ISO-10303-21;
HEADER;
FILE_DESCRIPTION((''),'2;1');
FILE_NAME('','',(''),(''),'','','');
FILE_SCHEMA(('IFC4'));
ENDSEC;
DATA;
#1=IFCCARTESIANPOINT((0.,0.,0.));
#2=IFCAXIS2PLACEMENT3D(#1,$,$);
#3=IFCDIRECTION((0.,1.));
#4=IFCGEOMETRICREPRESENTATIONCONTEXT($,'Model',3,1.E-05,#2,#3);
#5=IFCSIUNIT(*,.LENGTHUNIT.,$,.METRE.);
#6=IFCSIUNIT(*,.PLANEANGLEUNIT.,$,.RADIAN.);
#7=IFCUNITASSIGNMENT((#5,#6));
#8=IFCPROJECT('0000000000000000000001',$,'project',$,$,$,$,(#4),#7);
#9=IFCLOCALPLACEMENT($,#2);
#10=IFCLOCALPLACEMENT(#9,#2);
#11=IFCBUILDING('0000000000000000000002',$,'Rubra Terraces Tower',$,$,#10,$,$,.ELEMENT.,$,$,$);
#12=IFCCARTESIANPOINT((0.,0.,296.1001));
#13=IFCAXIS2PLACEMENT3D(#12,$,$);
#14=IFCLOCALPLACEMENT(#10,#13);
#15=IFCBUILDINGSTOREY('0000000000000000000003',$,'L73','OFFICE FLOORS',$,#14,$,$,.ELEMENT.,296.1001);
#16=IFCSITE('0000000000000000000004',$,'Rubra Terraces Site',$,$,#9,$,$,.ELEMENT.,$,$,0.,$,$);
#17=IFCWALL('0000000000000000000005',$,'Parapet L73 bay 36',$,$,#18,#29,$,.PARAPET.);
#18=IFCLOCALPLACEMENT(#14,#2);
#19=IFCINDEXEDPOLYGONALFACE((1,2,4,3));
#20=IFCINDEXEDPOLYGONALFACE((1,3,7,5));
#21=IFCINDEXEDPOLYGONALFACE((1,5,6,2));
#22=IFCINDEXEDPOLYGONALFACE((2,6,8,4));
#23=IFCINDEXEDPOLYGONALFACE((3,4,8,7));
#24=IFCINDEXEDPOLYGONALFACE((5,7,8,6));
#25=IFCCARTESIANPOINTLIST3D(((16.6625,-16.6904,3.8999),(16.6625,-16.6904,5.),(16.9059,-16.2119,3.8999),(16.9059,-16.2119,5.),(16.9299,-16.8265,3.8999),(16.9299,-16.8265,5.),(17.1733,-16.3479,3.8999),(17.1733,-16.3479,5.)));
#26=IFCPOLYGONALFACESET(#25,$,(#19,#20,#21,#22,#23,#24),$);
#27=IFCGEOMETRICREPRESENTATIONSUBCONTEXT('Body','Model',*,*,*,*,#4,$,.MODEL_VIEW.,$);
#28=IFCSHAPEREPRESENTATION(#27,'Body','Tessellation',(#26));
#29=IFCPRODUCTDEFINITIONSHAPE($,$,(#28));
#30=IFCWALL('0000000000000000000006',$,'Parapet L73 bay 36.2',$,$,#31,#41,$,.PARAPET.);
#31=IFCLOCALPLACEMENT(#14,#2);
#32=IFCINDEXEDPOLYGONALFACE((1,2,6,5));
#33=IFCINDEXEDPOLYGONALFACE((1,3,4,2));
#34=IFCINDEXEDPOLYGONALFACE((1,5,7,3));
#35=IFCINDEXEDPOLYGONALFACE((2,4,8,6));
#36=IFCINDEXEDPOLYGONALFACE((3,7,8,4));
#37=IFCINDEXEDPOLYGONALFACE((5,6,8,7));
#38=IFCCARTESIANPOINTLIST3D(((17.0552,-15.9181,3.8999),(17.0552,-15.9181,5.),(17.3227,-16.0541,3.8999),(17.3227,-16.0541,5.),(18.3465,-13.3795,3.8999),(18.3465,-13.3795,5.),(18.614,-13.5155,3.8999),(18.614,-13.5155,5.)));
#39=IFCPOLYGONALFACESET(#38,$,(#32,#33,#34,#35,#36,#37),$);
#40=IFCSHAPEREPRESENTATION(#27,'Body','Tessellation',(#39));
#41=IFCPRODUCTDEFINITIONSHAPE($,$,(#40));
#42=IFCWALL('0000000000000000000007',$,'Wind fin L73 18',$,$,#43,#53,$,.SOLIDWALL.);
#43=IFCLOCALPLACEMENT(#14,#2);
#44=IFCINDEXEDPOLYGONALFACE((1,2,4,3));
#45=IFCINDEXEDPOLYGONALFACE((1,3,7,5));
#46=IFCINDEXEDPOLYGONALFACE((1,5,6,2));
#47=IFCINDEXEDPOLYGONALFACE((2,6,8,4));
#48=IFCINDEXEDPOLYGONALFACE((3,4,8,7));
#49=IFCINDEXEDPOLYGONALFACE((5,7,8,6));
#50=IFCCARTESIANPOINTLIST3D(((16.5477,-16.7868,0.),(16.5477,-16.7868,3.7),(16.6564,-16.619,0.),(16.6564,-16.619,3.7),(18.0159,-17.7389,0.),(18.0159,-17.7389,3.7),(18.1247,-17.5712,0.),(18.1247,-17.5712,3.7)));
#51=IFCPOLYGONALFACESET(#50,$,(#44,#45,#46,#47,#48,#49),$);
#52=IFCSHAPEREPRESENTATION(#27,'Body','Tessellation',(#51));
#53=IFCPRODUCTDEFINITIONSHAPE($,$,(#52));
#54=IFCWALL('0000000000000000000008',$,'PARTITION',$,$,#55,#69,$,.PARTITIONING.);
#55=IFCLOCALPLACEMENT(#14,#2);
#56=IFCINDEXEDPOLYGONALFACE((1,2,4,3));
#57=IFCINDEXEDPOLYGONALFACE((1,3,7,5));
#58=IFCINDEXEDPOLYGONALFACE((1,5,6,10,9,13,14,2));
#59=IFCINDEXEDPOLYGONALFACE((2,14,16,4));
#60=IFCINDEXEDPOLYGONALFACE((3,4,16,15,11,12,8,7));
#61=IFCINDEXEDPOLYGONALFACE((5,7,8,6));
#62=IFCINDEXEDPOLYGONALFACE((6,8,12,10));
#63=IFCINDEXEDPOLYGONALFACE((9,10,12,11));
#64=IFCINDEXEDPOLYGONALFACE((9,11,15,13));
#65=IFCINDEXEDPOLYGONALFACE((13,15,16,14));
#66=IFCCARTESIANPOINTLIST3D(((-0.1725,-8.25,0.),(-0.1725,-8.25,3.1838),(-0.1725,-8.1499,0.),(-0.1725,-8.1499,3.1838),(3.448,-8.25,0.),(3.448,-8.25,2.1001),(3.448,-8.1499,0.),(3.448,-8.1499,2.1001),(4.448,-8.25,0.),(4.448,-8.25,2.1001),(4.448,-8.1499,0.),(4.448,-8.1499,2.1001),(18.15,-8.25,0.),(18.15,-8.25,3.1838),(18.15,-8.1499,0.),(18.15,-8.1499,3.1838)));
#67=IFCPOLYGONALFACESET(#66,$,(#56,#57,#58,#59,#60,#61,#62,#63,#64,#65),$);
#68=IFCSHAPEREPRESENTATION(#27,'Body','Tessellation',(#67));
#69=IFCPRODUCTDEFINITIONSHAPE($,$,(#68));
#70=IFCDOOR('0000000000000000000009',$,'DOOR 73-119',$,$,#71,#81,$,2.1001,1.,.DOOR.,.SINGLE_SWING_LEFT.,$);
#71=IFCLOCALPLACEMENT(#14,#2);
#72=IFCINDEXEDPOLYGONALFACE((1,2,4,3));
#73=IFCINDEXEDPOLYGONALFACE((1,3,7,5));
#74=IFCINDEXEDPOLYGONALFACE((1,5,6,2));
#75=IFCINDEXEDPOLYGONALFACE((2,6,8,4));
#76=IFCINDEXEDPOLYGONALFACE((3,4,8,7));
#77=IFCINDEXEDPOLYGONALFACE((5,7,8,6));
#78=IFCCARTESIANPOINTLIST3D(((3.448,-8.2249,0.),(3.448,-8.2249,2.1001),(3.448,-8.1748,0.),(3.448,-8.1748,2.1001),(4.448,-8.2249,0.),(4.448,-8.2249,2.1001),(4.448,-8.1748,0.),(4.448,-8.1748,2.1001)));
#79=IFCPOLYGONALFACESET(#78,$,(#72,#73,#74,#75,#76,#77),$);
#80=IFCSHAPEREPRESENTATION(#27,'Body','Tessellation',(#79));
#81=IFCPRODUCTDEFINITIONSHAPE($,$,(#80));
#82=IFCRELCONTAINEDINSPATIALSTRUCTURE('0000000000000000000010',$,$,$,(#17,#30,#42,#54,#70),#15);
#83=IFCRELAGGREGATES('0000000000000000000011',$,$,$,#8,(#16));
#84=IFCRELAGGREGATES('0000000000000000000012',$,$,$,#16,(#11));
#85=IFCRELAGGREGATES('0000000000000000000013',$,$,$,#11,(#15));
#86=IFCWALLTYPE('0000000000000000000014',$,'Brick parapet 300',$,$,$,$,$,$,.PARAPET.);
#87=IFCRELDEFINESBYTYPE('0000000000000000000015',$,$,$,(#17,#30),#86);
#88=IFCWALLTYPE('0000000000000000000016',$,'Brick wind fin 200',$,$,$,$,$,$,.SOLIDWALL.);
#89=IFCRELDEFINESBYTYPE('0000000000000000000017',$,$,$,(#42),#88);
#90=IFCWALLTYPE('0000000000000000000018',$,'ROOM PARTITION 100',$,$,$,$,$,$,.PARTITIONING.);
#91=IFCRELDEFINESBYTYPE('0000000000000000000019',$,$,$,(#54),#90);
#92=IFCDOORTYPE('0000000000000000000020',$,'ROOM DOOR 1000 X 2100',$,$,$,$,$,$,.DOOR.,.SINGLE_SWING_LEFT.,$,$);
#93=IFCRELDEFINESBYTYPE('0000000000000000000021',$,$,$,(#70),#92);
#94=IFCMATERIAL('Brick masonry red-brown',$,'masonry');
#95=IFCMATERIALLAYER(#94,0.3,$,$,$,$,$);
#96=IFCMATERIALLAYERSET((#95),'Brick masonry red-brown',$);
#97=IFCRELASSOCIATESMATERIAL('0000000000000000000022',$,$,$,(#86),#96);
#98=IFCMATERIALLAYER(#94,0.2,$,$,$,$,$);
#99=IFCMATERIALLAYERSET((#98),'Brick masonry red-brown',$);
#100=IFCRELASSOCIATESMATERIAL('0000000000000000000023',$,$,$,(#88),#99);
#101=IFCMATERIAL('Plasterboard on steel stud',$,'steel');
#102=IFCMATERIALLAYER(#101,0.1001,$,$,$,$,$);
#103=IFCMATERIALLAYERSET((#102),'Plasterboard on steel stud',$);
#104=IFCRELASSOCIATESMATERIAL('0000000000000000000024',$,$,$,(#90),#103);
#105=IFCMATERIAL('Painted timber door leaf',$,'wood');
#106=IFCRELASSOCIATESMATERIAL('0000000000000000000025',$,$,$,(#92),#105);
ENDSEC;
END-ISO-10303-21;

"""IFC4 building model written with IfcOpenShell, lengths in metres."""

from ifc_helpers import new_model, si_unit, direction, frame, frame_2d, origin, place, context, subcontext, project, spatial, rectangle, extrude, material, layer, layer_set, type_object, element, fill, save


model = new_model("IFC4")

# Units and contexts
model_context = context("Model", 3, precision=1e-05, world=origin(), true_north=direction((0.0, 1.0)))
body_context = subcontext(model_context, "Body", "Model", "MODEL_VIEW")
ifc_project = project(units=[si_unit("LENGTHUNIT", "METRE"), si_unit("PLANEANGLEUNIT", "RADIAN")], contexts=[model_context])

# Site, building, storey
site_placement = place(None, origin())
site = spatial("IfcSite", under=ifc_project, at=site_placement, Name="Rubra Terraces Site", CompositionType="ELEMENT", RefElevation=0.0)
building_placement = place(site_placement, origin())
building = spatial("IfcBuilding", under=site, at=building_placement, Name="Rubra Terraces Tower", CompositionType="ELEMENT")
storey_placement = place(building_placement, frame((0.0, 0.0, 296.1001)))
storey = spatial("IfcBuildingStorey", under=building, at=storey_placement, Name="L73", Description="OFFICE FLOORS", CompositionType="ELEMENT", Elevation=296.1001)

# Shared definitions
ifc_material_1 = material(Name="Brick masonry red-brown", Category="masonry")

# Walls
ifc_layer_1 = layer(ifc_material_1, 0.3)
ifc_layer_set_1 = layer_set([ifc_layer_1], Name="Brick masonry red-brown")
wall_type_1 = type_object("IfcWallType", Name="Brick parapet 300", PredefinedType="PARAPET", material=ifc_layer_set_1)
wall_1_placement = place(storey_placement, frame((16.7961, -16.7585, 3.8999), z_axis=(0.0, 0.0, 1.0), x_axis=(0.453388, 0.891313, 0.0)))
element("IfcWall", 1, at=wall_1_placement, inside=storey, type_object=wall_type_1, Name="Parapet L73 bay 36", PredefinedType="PARAPET", context=body_context, shape_type="SweptSolid", body=[
    extrude(rectangle(XDim=0.5369, YDim=0.3, at=frame_2d((0.2686, 0.0))), origin(), (0.0, 0.0, 1.0), 1.1001),
])
wall_2_placement = place(storey_placement, frame((17.189, -15.9861, 3.8999), z_axis=(0.0, 0.0, 1.0), x_axis=(0.453375, 0.89132, 0.0)))
element("IfcWall", 2, at=wall_2_placement, inside=storey, type_object=wall_type_1, Name="Parapet L73 bay 36.2", PredefinedType="PARAPET", context=body_context, shape_type="SweptSolid", body=[
    extrude(rectangle(XDim=2.8481, YDim=0.3, at=frame_2d((1.4241, 0.0))), origin(), (0.0, 0.0, 1.0), 1.1001),
])
ifc_layer_2 = layer(ifc_material_1, 0.2)
ifc_layer_set_2 = layer_set([ifc_layer_2], Name="Brick masonry red-brown")
wall_type_2 = type_object("IfcWallType", Name="Brick wind fin 200", PredefinedType="SOLIDWALL", material=ifc_layer_set_2)
wall_3_placement = place(storey_placement, frame((16.6021, -16.7029, 0.0), z_axis=(0.0, 0.0, 1.0), x_axis=(0.839023, -0.544096, 0.0)))
element("IfcWall", 3, at=wall_3_placement, inside=storey, type_object=wall_type_2, Name="Wind fin L73 18", PredefinedType="SOLIDWALL", context=body_context, shape_type="SweptSolid", body=[
    extrude(rectangle(XDim=1.75, YDim=0.2, at=frame_2d((0.875, 0.0))), origin(), (0.0, 0.0, 1.0), 3.7),
])

# Wall, opening, door
ifc_material_2 = material(Name="Plasterboard on steel stud", Category="steel")
ifc_layer_3 = layer(ifc_material_2, 0.1001)
ifc_layer_set_3 = layer_set([ifc_layer_3], Name="Plasterboard on steel stud")
wall_type_3 = type_object("IfcWallType", Name="ROOM PARTITION 100", PredefinedType="PARTITIONING", material=ifc_layer_set_3)
wall_4_placement = place(storey_placement, frame((18.1499, -8.2, 0.0), z_axis=(0.0, 0.0, 1.0), x_axis=(-1.0, 0.0, 0.0)))
wall_4 = element("IfcWall", 4, at=wall_4_placement, inside=storey, type_object=wall_type_3, Name="PARTITION", PredefinedType="PARTITIONING", context=body_context, shape_type="SweptSolid", body=[
    extrude(rectangle(XDim=18.3225, YDim=0.1001, at=frame_2d((9.1611, 0.0))), origin(), (0.0, 0.0, 1.0), 3.1838),
])
opening_1_placement = place(wall_4_placement, frame((13.7019, 0.0, 0.0)))
opening_1 = element("IfcOpeningElement", 5, at=opening_1_placement, cuts=wall_4, PredefinedType="OPENING", context=body_context, shape_type="SweptSolid", body=[
    extrude(rectangle(XDim=1.0, YDim=2.1001, at=frame_2d((0.5, 1.05))), frame((0.0, 0.0601, 0.0), z_axis=(0.0, -1.0, 0.0), x_axis=(1.0, 0.0, 0.0)), (0.0, 0.0, 1.0), 0.1201),
])
ifc_material_3 = material(Name="Painted timber door leaf", Category="wood")
door_type = type_object("IfcDoorType", Name="ROOM DOOR 1000 X 2100", OperationType="SINGLE_SWING_LEFT", PredefinedType="DOOR", material=ifc_material_3)
door_placement = place(opening_1_placement, origin())
door = element("IfcDoor", 6, at=door_placement, inside=storey, type_object=door_type, Name="DOOR 73-119", OperationType="SINGLE_SWING_LEFT", OverallHeight=2.1001, OverallWidth=1.0, PredefinedType="DOOR", context=body_context, shape_type="SweptSolid", body=[
    extrude(rectangle(XDim=1.0, YDim=2.1001, at=frame_2d((0.5, 1.05))), frame((0.0, 0.0249, 0.0), z_axis=(0.0, -1.0, 0.0), x_axis=(1.0, 0.0, 0.0)), (0.0, 0.0, 1.0), 0.05),
])
fill(opening_1, door)

save(model, "model.ifc")
